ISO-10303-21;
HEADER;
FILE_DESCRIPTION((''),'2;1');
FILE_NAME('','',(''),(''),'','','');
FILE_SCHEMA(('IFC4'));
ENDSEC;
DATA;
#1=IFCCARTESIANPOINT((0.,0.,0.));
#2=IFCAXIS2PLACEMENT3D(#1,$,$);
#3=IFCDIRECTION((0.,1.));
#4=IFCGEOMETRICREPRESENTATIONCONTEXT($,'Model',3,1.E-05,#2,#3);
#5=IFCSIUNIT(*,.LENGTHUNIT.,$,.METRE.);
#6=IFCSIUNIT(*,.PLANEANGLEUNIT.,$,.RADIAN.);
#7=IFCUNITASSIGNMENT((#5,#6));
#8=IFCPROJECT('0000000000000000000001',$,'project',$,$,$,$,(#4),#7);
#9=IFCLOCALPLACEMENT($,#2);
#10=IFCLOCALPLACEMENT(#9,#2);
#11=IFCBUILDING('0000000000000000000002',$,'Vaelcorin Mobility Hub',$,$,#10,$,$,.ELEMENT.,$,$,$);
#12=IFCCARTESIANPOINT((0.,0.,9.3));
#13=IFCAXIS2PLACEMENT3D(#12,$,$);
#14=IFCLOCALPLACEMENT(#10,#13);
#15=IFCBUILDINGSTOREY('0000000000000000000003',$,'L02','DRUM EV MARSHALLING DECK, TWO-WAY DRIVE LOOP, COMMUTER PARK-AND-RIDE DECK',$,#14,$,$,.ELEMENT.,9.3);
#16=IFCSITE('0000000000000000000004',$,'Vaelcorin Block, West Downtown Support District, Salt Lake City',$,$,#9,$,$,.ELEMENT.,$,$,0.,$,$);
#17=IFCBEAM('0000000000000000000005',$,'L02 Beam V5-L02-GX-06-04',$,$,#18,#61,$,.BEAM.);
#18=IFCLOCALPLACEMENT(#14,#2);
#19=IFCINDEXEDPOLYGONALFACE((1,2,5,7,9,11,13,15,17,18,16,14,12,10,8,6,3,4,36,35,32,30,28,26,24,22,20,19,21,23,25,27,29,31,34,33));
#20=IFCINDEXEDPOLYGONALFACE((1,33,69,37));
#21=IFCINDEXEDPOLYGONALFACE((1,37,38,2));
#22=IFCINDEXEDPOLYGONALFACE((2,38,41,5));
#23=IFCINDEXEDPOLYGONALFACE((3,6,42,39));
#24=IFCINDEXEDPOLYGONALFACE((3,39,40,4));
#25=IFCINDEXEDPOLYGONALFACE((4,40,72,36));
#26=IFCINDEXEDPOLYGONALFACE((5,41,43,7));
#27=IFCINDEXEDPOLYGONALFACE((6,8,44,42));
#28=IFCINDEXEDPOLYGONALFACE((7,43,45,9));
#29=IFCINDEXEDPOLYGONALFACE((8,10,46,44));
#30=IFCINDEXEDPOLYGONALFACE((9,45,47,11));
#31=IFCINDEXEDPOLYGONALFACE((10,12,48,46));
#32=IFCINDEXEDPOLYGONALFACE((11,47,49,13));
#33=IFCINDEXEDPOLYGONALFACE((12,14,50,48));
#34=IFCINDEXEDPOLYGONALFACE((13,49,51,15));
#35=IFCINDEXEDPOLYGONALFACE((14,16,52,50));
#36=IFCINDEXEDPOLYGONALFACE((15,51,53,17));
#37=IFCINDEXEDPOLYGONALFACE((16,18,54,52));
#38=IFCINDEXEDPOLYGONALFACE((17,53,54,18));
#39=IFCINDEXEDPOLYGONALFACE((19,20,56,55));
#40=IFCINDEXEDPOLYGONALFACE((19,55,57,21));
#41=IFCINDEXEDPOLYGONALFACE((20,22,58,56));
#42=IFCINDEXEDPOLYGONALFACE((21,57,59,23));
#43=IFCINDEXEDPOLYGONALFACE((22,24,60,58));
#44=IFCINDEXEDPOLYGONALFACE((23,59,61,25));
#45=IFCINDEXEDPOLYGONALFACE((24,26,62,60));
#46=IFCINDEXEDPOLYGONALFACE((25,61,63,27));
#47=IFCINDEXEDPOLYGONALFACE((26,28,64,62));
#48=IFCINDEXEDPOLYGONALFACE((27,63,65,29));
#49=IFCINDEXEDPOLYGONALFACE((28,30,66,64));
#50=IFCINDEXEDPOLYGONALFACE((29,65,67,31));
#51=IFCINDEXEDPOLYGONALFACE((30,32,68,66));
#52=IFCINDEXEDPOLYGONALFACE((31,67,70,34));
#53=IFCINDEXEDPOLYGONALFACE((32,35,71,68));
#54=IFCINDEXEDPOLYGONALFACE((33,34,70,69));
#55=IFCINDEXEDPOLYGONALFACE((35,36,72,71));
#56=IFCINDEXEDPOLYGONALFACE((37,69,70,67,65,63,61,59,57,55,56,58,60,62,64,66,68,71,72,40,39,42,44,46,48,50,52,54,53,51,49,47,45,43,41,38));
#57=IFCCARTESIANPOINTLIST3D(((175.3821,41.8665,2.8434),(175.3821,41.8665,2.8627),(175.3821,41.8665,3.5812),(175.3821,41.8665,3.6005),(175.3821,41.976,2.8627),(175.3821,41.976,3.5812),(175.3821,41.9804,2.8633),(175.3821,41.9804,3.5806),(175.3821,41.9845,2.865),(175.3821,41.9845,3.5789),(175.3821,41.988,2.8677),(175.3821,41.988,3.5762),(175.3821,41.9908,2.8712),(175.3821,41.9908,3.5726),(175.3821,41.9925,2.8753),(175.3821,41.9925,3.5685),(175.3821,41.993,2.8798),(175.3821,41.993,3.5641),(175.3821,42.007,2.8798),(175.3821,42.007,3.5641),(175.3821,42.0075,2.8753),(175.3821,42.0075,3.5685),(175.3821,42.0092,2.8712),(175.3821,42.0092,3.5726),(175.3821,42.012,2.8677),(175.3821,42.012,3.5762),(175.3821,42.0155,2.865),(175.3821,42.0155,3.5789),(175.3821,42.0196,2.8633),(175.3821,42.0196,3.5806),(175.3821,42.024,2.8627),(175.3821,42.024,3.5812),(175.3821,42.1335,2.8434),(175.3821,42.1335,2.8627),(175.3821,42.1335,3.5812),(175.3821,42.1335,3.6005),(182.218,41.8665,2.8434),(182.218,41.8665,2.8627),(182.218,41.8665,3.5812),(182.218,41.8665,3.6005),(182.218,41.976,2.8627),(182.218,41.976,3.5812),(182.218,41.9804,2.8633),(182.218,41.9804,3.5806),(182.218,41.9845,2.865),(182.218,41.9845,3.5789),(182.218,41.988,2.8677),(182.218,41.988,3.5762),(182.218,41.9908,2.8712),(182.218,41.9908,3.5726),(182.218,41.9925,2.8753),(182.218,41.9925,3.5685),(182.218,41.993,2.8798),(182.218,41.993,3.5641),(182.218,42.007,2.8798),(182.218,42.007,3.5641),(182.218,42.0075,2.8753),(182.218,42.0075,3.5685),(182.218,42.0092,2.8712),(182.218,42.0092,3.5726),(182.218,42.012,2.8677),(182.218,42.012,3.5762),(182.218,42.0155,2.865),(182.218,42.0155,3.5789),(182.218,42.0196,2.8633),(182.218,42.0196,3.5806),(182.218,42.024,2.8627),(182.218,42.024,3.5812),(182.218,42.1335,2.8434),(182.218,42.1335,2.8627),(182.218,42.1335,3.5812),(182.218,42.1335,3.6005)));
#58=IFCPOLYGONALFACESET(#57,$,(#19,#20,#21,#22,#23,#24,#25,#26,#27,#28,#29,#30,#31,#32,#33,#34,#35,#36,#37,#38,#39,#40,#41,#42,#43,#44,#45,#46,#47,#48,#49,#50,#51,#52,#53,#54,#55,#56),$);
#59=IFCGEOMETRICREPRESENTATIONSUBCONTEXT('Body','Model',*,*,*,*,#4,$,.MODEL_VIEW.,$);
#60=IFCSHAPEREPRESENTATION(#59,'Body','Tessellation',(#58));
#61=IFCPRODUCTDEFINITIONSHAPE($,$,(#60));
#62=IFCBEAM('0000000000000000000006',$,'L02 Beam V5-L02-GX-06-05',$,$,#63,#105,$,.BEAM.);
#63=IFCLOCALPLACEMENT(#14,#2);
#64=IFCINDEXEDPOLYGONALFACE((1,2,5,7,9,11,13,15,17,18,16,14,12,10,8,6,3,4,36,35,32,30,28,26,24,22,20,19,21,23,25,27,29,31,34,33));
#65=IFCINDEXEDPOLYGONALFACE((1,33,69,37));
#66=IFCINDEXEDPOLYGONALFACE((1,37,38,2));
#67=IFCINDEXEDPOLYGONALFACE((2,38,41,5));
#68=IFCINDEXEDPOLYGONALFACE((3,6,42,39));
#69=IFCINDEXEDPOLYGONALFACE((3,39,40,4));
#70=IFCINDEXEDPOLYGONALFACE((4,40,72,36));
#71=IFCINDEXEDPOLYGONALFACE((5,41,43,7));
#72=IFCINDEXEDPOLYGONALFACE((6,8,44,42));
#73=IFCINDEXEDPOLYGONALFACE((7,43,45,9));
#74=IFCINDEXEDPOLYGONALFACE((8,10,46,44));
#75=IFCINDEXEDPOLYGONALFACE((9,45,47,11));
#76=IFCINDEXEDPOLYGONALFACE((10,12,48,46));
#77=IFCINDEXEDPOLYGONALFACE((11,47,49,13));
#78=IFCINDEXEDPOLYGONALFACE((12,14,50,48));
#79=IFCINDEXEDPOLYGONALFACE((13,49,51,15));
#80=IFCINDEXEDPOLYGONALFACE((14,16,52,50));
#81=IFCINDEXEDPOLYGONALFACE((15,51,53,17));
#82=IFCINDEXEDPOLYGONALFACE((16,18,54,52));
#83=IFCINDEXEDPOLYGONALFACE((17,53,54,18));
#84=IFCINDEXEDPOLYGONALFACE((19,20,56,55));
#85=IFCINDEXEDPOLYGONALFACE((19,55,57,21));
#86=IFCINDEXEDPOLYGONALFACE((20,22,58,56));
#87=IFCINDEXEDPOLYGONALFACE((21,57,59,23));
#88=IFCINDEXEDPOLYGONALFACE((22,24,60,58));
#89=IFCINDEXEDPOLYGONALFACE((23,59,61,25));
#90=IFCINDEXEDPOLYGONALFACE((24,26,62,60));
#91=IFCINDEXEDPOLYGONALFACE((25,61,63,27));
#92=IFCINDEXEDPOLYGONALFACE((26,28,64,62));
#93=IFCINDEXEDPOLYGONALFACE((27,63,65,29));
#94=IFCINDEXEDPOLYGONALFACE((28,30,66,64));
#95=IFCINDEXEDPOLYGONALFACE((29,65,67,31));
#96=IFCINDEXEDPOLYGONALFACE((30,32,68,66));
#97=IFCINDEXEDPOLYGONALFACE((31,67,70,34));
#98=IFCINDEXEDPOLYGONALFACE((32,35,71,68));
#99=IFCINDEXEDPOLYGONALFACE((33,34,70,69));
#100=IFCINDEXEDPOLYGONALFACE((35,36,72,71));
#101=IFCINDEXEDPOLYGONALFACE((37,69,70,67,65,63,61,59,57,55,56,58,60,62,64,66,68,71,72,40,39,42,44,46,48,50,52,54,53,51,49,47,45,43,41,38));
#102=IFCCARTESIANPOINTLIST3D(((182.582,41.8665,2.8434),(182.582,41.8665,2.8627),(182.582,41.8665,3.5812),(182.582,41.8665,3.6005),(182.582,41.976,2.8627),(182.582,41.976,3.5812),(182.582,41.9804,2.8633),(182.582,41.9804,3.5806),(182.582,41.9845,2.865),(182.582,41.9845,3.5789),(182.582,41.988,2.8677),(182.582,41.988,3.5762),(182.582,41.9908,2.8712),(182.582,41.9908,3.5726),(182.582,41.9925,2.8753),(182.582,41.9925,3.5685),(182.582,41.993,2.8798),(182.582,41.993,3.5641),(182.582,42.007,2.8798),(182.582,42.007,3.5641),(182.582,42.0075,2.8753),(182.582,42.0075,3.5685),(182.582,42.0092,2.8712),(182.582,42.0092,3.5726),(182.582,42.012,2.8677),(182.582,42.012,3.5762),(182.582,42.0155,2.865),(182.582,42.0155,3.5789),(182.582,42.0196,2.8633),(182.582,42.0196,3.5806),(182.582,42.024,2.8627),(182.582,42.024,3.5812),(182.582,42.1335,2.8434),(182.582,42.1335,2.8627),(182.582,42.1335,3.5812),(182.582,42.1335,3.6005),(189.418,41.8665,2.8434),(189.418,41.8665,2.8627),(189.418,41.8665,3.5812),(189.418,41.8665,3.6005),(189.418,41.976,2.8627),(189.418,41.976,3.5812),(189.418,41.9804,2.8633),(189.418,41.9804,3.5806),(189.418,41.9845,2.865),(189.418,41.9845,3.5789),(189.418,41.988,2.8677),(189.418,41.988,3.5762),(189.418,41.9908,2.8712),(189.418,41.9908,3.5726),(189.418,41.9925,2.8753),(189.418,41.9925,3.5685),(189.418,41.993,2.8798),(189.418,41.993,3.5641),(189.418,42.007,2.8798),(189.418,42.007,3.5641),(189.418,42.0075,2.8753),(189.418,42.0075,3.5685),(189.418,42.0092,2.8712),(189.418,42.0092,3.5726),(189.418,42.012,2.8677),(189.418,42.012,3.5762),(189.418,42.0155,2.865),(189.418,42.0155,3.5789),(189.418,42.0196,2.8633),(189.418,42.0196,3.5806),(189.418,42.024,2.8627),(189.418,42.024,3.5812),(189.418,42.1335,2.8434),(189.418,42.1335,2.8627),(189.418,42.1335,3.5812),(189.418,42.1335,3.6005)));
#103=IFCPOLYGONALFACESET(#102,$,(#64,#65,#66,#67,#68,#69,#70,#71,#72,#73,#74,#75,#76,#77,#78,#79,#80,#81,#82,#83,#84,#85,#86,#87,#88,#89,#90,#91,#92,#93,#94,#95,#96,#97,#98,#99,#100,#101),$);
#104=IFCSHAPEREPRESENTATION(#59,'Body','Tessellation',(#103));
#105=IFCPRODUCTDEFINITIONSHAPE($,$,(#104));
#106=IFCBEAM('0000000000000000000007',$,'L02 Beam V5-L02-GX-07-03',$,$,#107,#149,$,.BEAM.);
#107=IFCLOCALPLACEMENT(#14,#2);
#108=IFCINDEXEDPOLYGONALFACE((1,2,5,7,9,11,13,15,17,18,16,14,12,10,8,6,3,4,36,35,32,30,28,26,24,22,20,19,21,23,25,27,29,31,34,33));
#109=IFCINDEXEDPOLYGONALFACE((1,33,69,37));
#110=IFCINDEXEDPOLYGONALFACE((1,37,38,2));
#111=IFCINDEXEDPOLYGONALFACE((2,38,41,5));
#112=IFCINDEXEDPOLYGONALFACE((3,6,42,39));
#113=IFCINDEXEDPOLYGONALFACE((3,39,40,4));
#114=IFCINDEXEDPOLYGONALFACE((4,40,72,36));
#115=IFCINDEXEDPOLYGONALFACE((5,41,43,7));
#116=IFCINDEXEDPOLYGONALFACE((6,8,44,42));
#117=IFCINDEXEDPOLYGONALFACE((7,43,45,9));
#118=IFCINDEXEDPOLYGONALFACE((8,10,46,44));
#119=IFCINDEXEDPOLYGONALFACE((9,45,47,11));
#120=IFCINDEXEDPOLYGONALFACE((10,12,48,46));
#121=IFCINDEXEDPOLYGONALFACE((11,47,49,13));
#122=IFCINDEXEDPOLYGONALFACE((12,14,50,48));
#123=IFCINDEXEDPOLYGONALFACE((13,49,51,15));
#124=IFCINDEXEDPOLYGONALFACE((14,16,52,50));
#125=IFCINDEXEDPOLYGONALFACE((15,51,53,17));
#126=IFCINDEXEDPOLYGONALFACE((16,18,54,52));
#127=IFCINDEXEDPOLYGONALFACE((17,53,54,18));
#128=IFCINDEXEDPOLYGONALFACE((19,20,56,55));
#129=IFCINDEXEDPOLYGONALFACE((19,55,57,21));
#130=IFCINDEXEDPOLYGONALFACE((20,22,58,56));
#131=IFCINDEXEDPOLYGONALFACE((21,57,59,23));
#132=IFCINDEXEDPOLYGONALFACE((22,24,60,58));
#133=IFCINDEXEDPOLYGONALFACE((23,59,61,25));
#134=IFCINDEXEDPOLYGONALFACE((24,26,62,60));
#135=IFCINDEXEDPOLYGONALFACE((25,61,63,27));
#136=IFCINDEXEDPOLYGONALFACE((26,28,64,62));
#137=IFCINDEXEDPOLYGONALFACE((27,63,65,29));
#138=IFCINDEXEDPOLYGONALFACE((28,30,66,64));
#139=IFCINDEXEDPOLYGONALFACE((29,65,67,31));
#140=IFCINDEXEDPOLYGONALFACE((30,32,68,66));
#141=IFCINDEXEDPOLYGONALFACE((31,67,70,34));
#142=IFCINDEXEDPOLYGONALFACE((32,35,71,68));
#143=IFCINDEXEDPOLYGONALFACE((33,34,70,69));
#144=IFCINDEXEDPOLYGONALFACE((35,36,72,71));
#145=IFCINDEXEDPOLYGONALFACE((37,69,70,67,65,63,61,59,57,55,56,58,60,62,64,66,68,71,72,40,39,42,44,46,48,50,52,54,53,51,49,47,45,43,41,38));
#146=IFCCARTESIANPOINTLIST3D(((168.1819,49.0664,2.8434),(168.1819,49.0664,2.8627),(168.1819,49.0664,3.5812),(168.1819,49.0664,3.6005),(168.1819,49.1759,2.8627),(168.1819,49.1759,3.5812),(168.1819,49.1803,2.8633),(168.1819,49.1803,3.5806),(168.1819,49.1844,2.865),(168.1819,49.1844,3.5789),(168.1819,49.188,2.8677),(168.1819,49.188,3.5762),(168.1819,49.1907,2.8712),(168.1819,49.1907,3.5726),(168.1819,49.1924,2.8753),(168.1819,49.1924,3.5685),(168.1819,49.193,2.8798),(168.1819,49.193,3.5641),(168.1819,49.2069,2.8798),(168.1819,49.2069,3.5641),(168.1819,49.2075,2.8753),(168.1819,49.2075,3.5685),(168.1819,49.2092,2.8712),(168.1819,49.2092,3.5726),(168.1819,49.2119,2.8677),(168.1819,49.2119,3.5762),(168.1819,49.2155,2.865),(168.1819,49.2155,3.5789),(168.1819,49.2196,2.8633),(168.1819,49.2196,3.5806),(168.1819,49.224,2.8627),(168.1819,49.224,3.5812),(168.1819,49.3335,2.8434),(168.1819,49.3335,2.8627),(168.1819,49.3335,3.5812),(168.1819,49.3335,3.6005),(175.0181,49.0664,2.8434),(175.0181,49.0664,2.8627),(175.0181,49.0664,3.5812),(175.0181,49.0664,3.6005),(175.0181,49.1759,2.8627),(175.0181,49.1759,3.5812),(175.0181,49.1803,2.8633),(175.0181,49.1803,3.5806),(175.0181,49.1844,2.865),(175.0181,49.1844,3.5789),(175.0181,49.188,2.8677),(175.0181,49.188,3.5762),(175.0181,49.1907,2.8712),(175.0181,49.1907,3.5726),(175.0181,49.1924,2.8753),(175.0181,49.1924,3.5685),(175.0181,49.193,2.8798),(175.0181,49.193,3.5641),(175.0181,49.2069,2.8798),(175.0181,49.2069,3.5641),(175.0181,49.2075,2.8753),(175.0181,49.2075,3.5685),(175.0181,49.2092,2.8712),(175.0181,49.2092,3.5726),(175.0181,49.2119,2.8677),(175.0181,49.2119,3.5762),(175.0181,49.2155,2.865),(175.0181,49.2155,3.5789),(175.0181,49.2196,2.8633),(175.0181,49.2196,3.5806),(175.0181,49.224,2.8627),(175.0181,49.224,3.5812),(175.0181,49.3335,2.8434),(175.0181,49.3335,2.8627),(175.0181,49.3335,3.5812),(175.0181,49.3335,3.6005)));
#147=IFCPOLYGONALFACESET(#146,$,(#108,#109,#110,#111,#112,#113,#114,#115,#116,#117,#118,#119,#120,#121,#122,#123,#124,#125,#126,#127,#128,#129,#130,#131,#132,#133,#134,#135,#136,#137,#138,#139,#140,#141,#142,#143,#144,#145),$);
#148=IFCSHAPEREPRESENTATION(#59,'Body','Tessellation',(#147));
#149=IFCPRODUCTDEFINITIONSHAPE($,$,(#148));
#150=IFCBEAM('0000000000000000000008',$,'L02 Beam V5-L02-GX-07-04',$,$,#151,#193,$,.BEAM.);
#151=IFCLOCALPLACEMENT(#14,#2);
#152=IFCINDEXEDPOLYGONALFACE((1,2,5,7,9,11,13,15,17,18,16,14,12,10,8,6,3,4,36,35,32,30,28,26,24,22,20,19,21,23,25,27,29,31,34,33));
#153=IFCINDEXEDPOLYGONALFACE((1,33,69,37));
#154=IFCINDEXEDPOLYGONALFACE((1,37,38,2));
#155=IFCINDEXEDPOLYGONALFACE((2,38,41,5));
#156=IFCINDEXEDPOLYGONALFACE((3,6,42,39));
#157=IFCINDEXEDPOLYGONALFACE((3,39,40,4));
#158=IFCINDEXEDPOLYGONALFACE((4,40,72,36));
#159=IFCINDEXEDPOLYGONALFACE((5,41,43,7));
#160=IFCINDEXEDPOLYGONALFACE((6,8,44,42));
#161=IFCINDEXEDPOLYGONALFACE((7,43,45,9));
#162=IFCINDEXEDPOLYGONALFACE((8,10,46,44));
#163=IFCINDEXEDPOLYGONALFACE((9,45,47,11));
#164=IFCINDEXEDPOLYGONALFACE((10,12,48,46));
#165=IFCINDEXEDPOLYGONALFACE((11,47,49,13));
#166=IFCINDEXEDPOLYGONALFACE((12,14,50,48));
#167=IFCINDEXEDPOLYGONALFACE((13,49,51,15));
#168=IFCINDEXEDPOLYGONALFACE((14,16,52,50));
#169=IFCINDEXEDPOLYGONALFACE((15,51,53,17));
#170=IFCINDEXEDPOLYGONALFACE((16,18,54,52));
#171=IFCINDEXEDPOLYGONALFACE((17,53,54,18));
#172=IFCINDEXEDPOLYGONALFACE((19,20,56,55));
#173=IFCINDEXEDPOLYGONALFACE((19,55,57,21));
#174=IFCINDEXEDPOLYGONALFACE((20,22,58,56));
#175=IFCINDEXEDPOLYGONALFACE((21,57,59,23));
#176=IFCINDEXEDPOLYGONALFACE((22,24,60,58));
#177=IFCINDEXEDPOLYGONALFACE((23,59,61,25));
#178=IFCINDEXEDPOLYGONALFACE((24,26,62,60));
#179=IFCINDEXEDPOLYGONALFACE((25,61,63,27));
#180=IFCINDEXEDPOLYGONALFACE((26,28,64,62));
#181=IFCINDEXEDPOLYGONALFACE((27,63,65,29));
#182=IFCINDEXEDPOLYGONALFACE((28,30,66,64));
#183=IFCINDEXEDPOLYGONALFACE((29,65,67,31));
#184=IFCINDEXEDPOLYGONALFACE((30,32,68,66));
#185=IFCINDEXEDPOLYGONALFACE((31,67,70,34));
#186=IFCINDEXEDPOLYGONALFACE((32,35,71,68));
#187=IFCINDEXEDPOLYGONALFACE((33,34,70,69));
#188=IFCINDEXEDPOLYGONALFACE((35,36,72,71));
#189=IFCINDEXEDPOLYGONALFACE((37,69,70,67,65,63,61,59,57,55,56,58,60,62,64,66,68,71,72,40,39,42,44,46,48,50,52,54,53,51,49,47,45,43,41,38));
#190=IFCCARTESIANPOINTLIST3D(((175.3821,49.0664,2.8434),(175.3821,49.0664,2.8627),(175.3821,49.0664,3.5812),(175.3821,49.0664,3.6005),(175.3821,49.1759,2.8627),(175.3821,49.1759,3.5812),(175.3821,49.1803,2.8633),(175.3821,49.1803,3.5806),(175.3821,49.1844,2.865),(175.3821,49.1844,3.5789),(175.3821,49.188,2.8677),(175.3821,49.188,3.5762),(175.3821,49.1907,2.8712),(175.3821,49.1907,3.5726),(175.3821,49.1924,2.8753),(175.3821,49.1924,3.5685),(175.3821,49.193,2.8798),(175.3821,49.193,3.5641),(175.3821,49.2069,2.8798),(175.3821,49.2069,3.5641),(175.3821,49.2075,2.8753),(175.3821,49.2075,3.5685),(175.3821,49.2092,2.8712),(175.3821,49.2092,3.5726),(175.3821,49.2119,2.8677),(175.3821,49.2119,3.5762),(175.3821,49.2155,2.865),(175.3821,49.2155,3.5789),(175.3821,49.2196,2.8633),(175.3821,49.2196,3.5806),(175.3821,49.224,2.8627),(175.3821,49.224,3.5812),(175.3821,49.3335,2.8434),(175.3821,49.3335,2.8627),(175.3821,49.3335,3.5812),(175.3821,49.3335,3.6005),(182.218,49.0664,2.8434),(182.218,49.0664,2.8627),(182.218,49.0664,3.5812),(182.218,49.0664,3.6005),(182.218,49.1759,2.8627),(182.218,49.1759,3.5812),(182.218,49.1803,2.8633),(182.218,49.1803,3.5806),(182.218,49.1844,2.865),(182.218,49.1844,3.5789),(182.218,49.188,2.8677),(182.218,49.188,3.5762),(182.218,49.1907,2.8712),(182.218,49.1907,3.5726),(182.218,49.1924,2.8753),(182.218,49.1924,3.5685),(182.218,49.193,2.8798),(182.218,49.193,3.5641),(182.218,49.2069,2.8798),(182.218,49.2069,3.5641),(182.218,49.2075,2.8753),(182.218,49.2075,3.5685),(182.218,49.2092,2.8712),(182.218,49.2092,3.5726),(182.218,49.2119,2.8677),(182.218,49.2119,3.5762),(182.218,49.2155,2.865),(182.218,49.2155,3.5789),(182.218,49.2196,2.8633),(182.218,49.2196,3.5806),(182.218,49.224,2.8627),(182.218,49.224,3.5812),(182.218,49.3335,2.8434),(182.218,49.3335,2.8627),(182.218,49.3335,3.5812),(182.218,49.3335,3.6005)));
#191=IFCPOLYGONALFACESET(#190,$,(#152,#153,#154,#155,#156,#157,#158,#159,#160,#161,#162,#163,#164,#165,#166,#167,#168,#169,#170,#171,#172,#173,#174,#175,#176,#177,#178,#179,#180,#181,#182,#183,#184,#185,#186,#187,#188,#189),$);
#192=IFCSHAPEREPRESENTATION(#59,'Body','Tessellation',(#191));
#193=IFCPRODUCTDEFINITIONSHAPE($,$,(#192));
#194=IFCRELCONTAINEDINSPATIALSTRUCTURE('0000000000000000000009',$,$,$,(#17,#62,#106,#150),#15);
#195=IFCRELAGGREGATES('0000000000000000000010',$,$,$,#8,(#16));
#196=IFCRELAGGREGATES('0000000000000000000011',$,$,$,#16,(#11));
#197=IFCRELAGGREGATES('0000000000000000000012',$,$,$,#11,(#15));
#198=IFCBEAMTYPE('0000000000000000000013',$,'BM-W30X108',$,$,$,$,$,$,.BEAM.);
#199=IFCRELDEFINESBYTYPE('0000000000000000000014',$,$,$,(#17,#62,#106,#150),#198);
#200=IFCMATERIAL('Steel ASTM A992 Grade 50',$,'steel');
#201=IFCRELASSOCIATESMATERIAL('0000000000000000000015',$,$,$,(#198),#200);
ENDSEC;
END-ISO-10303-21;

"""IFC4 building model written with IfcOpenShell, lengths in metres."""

from ifc_helpers import new_model, si_unit, direction, frame, origin, origin_2d, place, context, subcontext, project, spatial, i_section, extrude, material, material_profile, profile_set, type_object, element, save


model = new_model("IFC4")

# Units and contexts
model_context = context("Model", 3, precision=1e-05, world=origin(), true_north=direction((0.0, 1.0)))
body_context = subcontext(model_context, "Body", "Model", "MODEL_VIEW")
ifc_project = project(units=[si_unit("LENGTHUNIT", "METRE"), si_unit("PLANEANGLEUNIT", "RADIAN")], contexts=[model_context])

# Site, building, storey
site_placement = place(None, origin())
site = spatial("IfcSite", under=ifc_project, at=site_placement, Name="Vaelcorin Block, West Downtown Support District, Salt Lake City", CompositionType="ELEMENT", RefElevation=0.0)
building_placement = place(site_placement, origin())
building = spatial("IfcBuilding", under=site, at=building_placement, Name="Vaelcorin Mobility Hub", CompositionType="ELEMENT")
storey_placement = place(building_placement, frame((0.0, 0.0, 9.3)))
storey = spatial("IfcBuildingStorey", under=building, at=storey_placement, Name="L02", Description="DRUM EV MARSHALLING DECK, TWO-WAY DRIVE LOOP, COMMUTER PARK-AND-RIDE DECK", CompositionType="ELEMENT", Elevation=9.3)

# Shared definitions
ifc_material_1 = material(Name="Steel ASTM A992 Grade 50", Category="steel")

# Beams
ifc_material_profile_1 = material_profile(ifc_material_1, i_section(OverallWidth=0.2671, OverallDepth=0.7571, WebThickness=0.0139, FlangeThickness=0.0193, FilletRadius=0.0171, at=origin_2d()), Name="W30X108")
ifc_profile_set_1 = profile_set([ifc_material_profile_1], Name="Steel ASTM A992 Grade 50")
beam_type_1 = type_object("IfcBeamType", Name="BM-W30X108", PredefinedType="BEAM", material=ifc_profile_set_1)
for number, where, z_axis, x_axis, name in (
    (1, (175.3821, 42.0, 3.2219), (1.0, 0.0, 0.0), (0.0, 1.0, 0.0), "L02 Beam V5-L02-GX-06-04"),
    (2, (182.582, 42.0, 3.2219), (1.0, 0.0, 0.0), (0.0, 1.0, 0.0), "L02 Beam V5-L02-GX-06-05"),
):
    element("IfcBeam", number, at=place(storey_placement, frame(where, z_axis=z_axis, x_axis=x_axis)), inside=storey, type_object=beam_type_1, Name=name, PredefinedType="BEAM", context=body_context, shape_type="SweptSolid", body=[
        extrude(i_section(OverallWidth=0.2671, OverallDepth=0.7571, WebThickness=0.0139, FlangeThickness=0.0193, FilletRadius=0.0171, at=origin_2d()), origin(), (0.0, 0.0, 1.0), 6.8359),
    ])
beam_1_placement = place(storey_placement, frame((168.1819, 49.2, 3.2219), z_axis=(1.0, 0.0, 0.0), x_axis=(0.0, 1.0, 0.0)))
element("IfcBeam", 3, at=beam_1_placement, inside=storey, type_object=beam_type_1, Name="L02 Beam V5-L02-GX-07-03", PredefinedType="BEAM", context=body_context, shape_type="SweptSolid", body=[
    extrude(i_section(OverallWidth=0.2671, OverallDepth=0.7571, WebThickness=0.0139, FlangeThickness=0.0193, FilletRadius=0.0171, at=origin_2d()), origin(), (0.0, 0.0, 1.0), 6.8362),
])
beam_2_placement = place(storey_placement, frame((175.3821, 49.2, 3.2219), z_axis=(1.0, 0.0, 0.0), x_axis=(0.0, 1.0, 0.0)))
element("IfcBeam", 4, at=beam_2_placement, inside=storey, type_object=beam_type_1, Name="L02 Beam V5-L02-GX-07-04", PredefinedType="BEAM", context=body_context, shape_type="SweptSolid", body=[
    extrude(i_section(OverallWidth=0.2671, OverallDepth=0.7571, WebThickness=0.0139, FlangeThickness=0.0193, FilletRadius=0.0171, at=origin_2d()), origin(), (0.0, 0.0, 1.0), 6.8359),
])

save(model, "model.ifc")
